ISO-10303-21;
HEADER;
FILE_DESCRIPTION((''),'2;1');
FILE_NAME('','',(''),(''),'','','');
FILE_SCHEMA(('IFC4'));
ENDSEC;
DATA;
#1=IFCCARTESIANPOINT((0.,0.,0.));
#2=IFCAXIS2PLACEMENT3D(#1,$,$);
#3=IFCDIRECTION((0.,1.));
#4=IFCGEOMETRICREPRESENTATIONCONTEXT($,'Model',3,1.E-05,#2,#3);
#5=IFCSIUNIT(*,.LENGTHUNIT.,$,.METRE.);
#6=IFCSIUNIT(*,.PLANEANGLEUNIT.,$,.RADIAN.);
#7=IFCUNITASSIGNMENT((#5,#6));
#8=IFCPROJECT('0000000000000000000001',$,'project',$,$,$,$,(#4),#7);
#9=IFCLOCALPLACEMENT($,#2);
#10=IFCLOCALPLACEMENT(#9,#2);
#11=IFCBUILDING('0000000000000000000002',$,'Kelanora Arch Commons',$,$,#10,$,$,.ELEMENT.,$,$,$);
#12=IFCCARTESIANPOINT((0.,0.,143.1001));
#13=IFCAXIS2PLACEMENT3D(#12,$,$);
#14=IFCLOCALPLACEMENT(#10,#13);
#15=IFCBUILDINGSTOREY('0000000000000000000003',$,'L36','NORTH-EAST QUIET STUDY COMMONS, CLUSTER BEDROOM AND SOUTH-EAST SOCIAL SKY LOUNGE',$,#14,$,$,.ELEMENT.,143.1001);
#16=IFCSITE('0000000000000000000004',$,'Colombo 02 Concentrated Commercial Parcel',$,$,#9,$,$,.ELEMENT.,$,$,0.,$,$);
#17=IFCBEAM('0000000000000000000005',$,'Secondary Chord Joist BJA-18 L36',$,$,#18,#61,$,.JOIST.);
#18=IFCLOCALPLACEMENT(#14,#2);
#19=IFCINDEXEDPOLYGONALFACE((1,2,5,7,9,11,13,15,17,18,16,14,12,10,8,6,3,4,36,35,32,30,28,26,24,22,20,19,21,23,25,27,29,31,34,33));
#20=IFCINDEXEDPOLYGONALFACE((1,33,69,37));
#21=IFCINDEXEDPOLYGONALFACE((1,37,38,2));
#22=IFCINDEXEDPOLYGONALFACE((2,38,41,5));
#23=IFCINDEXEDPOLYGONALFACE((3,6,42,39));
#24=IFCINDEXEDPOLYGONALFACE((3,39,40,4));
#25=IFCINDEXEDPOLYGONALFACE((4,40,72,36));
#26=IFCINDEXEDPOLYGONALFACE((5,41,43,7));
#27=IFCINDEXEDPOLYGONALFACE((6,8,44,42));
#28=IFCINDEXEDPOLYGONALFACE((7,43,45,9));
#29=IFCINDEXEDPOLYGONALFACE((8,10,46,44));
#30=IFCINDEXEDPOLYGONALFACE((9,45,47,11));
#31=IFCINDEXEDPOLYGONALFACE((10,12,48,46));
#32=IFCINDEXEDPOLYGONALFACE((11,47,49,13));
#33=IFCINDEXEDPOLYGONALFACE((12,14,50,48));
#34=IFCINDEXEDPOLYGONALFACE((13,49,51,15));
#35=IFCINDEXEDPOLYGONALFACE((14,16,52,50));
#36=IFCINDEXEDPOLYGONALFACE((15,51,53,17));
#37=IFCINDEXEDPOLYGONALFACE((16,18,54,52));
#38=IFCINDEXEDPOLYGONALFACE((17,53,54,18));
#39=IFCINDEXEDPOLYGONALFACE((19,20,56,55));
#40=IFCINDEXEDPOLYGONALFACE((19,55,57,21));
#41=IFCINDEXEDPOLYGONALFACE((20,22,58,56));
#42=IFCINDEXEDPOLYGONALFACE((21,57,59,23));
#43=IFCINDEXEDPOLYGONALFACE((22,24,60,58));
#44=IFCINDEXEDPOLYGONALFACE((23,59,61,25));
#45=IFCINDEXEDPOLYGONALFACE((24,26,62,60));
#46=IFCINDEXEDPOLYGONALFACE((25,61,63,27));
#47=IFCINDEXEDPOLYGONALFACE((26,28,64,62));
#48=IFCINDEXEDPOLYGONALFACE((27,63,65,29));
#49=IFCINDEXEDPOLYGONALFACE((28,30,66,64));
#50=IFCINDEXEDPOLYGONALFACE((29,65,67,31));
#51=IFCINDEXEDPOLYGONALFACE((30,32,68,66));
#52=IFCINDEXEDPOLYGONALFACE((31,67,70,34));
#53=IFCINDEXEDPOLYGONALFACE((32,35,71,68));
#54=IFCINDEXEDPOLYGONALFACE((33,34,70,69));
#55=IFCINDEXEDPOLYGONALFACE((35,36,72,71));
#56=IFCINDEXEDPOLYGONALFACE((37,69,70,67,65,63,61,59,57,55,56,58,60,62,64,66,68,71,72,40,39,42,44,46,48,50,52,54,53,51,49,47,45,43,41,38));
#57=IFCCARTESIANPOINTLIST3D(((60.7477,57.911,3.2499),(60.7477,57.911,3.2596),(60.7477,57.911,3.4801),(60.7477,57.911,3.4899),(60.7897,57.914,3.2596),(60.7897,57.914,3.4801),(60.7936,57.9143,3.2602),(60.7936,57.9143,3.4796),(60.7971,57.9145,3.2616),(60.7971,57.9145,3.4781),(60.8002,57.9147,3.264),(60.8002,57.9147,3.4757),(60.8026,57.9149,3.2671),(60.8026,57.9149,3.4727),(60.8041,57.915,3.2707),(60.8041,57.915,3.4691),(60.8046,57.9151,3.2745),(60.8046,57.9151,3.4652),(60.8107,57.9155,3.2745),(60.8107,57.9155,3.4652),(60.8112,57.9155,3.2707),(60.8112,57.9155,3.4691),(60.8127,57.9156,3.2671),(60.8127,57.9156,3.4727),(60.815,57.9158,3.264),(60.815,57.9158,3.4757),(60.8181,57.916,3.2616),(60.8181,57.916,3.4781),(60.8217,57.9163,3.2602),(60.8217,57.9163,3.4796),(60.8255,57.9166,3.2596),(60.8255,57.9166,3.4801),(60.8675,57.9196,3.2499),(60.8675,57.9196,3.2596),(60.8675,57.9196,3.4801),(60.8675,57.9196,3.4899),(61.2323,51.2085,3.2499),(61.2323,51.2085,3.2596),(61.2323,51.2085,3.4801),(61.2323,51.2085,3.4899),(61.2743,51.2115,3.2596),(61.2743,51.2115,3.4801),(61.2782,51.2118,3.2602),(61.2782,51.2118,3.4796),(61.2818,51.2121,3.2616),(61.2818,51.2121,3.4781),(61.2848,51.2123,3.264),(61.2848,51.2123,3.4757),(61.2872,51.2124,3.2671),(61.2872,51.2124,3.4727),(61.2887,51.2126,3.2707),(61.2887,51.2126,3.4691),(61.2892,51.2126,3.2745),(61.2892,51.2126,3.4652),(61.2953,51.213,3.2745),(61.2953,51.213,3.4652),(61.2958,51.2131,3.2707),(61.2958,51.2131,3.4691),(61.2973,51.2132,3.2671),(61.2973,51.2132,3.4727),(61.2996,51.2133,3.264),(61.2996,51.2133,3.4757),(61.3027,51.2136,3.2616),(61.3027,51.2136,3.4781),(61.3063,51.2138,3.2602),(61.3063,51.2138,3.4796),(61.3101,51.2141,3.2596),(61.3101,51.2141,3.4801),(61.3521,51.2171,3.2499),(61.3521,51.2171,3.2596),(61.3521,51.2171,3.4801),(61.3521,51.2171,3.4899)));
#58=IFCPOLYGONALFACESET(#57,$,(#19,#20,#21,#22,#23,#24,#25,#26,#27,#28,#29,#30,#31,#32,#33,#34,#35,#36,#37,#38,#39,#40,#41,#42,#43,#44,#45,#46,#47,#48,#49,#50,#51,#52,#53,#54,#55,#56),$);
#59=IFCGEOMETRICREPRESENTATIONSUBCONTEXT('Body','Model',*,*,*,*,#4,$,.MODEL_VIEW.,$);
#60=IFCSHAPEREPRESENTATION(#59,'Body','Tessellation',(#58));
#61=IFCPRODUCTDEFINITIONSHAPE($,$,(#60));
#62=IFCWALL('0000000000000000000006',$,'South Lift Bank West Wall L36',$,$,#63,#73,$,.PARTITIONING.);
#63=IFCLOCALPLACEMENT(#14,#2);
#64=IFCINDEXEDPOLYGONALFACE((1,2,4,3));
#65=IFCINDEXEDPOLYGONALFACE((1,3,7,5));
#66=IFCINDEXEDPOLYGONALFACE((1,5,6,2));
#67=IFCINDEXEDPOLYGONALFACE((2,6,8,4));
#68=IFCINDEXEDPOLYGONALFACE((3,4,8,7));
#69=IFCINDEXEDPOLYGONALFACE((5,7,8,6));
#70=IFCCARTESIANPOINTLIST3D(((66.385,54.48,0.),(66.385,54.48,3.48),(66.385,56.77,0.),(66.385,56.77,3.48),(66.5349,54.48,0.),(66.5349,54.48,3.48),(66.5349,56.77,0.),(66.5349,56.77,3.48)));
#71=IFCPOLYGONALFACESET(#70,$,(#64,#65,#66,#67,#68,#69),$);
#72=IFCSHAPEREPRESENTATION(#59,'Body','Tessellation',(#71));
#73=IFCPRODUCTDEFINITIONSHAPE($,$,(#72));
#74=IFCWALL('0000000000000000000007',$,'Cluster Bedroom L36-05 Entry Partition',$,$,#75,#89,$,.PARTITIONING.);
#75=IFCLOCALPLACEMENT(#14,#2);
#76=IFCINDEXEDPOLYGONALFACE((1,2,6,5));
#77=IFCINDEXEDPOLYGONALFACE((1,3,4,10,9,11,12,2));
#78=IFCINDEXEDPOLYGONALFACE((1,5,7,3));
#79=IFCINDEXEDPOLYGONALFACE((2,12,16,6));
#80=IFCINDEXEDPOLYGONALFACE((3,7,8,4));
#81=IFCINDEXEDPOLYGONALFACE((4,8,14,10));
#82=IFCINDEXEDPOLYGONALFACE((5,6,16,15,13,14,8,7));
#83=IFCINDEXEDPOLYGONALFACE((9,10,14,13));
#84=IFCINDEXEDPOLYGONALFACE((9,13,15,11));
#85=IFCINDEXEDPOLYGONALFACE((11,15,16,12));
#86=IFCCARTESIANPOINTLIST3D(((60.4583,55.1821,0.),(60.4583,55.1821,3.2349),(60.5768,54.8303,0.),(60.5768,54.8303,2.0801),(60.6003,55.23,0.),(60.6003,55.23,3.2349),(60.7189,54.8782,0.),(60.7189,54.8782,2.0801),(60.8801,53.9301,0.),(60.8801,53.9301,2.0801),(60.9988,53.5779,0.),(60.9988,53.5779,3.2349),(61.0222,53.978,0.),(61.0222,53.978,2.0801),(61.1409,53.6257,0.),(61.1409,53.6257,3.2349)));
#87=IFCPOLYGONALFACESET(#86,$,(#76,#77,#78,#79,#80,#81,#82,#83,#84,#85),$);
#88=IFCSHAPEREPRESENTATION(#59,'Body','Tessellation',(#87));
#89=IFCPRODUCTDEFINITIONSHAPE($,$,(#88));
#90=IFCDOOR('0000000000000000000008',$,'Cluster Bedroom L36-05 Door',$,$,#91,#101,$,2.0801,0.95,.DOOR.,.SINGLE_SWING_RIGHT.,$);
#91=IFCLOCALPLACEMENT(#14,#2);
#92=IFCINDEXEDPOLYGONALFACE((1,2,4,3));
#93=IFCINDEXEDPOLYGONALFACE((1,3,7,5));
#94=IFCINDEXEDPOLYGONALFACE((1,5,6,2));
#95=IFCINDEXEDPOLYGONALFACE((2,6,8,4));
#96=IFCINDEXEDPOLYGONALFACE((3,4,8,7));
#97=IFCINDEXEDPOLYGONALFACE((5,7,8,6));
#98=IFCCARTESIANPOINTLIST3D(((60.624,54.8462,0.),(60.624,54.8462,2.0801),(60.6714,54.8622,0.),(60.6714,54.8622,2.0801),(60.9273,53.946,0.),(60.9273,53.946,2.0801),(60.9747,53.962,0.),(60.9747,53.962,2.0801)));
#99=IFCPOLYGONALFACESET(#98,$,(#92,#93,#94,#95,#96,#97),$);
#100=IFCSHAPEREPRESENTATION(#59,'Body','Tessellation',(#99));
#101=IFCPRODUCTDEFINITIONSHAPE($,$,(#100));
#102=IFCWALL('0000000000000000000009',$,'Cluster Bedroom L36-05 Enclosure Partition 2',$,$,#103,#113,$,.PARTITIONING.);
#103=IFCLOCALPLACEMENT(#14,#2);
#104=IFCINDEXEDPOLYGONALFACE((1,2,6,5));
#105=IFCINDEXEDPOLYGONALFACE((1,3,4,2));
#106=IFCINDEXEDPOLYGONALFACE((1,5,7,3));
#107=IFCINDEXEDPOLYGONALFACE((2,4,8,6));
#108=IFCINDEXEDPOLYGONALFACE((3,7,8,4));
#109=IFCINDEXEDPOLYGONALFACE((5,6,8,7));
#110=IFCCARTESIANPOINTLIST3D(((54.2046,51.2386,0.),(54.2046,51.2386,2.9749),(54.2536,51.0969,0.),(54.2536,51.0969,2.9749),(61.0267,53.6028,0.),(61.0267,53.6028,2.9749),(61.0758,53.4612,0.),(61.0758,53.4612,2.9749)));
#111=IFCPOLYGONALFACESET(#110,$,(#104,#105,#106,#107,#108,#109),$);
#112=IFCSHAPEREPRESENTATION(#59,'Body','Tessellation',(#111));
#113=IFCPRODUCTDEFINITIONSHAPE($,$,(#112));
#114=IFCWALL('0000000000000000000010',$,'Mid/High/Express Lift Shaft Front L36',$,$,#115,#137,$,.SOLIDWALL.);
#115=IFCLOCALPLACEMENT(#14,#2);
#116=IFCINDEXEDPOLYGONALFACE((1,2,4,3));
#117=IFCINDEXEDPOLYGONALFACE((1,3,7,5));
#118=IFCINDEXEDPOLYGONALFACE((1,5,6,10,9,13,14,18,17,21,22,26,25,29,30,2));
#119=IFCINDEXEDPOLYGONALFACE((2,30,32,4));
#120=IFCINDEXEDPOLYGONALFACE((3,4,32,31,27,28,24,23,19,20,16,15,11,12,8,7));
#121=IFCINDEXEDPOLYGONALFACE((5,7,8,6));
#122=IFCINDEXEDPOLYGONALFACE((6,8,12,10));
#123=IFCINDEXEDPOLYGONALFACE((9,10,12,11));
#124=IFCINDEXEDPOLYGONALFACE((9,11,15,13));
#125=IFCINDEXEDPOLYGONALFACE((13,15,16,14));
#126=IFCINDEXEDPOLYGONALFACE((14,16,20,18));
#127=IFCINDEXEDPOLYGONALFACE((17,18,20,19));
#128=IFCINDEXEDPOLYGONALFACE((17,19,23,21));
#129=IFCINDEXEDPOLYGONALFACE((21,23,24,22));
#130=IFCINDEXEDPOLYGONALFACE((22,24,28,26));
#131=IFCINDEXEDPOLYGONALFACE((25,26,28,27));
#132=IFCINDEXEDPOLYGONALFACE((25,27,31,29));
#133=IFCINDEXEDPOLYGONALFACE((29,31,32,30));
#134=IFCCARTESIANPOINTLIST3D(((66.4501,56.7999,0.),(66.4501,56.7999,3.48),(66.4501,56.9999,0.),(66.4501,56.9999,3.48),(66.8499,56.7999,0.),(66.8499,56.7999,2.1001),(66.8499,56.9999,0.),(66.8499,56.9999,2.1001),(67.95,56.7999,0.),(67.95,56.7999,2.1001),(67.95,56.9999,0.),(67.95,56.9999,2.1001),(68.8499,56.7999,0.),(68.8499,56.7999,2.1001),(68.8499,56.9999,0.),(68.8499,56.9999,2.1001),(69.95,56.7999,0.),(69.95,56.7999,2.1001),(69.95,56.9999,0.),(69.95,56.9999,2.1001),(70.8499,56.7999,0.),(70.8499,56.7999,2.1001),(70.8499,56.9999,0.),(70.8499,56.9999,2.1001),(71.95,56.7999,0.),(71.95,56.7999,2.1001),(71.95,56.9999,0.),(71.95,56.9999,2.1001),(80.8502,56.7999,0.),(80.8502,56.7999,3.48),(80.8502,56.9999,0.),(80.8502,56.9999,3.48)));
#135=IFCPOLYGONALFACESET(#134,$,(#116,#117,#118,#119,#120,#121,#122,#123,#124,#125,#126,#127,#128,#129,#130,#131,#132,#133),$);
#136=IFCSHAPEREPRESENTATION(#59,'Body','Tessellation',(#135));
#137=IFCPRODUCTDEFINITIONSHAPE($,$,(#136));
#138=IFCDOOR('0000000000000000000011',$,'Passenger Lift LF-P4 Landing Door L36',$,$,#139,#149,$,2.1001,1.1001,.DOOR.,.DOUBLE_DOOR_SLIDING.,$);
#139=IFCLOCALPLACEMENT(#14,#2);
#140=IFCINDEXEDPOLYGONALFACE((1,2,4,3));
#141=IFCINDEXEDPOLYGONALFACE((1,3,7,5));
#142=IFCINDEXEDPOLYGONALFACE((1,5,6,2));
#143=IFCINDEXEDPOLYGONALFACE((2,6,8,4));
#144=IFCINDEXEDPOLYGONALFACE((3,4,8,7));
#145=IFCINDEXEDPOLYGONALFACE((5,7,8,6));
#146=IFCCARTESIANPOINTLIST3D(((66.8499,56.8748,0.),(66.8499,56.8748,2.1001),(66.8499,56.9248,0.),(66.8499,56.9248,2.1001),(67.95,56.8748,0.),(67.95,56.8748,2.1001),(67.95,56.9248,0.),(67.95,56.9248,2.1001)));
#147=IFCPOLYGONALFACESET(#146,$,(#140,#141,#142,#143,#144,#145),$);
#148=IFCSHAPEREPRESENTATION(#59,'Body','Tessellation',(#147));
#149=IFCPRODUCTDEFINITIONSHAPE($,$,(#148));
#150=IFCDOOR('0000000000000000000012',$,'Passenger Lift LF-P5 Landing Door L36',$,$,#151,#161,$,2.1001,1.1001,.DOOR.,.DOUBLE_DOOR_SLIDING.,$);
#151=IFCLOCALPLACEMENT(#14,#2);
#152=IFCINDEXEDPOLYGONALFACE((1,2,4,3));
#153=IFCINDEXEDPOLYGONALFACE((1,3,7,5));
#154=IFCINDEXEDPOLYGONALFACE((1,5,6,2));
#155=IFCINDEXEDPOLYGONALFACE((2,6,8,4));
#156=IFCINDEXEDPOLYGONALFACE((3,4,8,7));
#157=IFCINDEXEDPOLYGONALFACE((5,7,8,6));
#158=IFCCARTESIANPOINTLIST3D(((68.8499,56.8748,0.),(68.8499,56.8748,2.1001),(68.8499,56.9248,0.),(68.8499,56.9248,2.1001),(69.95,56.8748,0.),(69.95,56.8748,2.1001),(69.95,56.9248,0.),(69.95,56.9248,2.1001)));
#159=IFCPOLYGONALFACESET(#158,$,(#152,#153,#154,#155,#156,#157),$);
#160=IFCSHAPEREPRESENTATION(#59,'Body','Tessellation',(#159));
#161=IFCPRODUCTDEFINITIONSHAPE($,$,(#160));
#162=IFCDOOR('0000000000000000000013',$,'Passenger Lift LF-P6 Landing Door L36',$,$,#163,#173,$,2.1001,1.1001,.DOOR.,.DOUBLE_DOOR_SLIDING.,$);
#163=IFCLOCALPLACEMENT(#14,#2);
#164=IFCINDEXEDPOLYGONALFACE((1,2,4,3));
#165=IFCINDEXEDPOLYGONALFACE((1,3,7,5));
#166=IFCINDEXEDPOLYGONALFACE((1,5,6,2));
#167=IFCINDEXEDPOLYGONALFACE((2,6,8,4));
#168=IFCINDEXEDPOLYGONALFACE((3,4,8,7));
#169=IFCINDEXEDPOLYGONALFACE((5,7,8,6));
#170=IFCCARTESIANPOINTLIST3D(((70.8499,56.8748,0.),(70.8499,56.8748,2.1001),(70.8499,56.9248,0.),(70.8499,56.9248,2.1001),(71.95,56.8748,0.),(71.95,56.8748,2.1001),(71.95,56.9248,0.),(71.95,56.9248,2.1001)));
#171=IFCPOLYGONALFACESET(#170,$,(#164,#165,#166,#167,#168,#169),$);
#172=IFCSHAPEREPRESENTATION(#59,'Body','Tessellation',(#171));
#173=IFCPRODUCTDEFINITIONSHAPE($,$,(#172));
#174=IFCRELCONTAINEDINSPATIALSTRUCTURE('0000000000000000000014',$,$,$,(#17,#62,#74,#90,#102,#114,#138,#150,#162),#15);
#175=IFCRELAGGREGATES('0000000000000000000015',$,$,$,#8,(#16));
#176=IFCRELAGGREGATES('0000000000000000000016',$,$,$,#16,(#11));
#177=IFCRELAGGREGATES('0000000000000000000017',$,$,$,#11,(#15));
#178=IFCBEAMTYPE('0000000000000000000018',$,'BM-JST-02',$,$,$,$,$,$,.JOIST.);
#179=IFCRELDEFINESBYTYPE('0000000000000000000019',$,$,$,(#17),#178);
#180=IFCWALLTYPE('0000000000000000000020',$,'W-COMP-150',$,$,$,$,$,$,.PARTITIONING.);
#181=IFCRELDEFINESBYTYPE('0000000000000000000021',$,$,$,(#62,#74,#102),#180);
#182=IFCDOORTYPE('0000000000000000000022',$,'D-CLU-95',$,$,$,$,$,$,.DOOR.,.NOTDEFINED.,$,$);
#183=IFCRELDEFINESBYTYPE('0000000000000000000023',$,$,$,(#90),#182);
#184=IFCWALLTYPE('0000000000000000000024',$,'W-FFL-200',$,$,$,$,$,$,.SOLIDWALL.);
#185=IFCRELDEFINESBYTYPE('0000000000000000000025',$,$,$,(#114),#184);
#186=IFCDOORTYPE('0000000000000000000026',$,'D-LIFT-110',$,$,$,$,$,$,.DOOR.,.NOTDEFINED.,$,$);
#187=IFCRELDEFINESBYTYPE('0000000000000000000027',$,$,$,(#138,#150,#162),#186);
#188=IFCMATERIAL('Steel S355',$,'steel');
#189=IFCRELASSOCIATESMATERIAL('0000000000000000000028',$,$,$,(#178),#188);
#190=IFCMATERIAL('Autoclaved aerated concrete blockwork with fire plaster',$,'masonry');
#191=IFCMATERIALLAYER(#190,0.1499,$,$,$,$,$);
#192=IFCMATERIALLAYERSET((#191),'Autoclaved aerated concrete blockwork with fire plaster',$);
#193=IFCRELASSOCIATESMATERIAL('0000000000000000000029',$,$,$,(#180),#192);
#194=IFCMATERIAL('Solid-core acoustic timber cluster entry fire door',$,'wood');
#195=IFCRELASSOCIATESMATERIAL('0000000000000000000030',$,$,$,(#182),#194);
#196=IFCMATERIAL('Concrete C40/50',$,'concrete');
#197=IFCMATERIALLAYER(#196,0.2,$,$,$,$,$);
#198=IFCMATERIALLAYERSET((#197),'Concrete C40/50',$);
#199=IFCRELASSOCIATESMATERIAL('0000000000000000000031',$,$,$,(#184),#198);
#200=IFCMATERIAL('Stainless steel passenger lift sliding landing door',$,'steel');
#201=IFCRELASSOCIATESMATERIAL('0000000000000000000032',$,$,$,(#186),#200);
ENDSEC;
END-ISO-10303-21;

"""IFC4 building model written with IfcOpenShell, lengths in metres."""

from ifc_helpers import new_model, si_unit, direction, frame, frame_2d, origin, origin_2d, place, context, subcontext, project, spatial, rectangle, i_section, extrude, material, layer, layer_set, material_profile, profile_set, type_object, element, fill, save


model = new_model("IFC4")

# Units and contexts
model_context = context("Model", 3, precision=1e-05, world=origin(), true_north=direction((0.0, 1.0)))
body_context = subcontext(model_context, "Body", "Model", "MODEL_VIEW")
ifc_project = project(units=[si_unit("LENGTHUNIT", "METRE"), si_unit("PLANEANGLEUNIT", "RADIAN")], contexts=[model_context])

# Site, building, storey
site_placement = place(None, origin())
site = spatial("IfcSite", under=ifc_project, at=site_placement, Name="Colombo 02 Concentrated Commercial Parcel", CompositionType="ELEMENT", RefElevation=0.0)
building_placement = place(site_placement, origin())
building = spatial("IfcBuilding", under=site, at=building_placement, Name="Kelanora Arch Commons", CompositionType="ELEMENT")
storey_placement = place(building_placement, frame((0.0, 0.0, 143.1001)))
storey = spatial("IfcBuildingStorey", under=building, at=storey_placement, Name="L36", Description="NORTH-EAST QUIET STUDY COMMONS, CLUSTER BEDROOM AND SOUTH-EAST SOCIAL SKY LOUNGE", CompositionType="ELEMENT", Elevation=143.1001)

# Beam
ifc_material_1 = material(Name="Steel S355", Category="steel")
ifc_material_profile = material_profile(ifc_material_1, i_section(OverallWidth=0.1201, OverallDepth=0.24, WebThickness=0.0061, FlangeThickness=0.0098, FilletRadius=0.0149, at=origin_2d()), Name="IPE240")
ifc_profile_set = profile_set([ifc_material_profile], Name="Steel S355")
beam_type = type_object("IfcBeamType", Name="BM-JST-02", PredefinedType="JOIST", material=ifc_profile_set)
beam_placement = place(storey_placement, frame((60.8076, 57.9153, 3.3699), z_axis=(0.072117, -0.997396, 0.0), x_axis=(0.997396, 0.072117, 0.0)))
element("IfcBeam", 1, at=beam_placement, inside=storey, type_object=beam_type, Name="Secondary Chord Joist BJA-18 L36", PredefinedType="JOIST", context=body_context, shape_type="SweptSolid", body=[
    extrude(i_section(OverallWidth=0.1201, OverallDepth=0.24, WebThickness=0.0061, FlangeThickness=0.0098, FilletRadius=0.0149, at=origin_2d()), origin(), (0.0, 0.0, 1.0), 6.72),
])

# Wall
ifc_material_2 = material(Name="Autoclaved aerated concrete blockwork with fire plaster", Category="masonry")
ifc_layer_1 = layer(ifc_material_2, 0.1499)
ifc_layer_set_1 = layer_set([ifc_layer_1], Name="Autoclaved aerated concrete blockwork with fire plaster")
wall_type_1 = type_object("IfcWallType", Name="W-COMP-150", PredefinedType="PARTITIONING", material=ifc_layer_set_1)
wall_1_placement = place(storey_placement, frame((66.46, 54.48, 0.0), z_axis=(0.0, 0.0, 1.0), x_axis=(0.0, 1.0, 0.0)))
element("IfcWall", 2, at=wall_1_placement, inside=storey, type_object=wall_type_1, Name="South Lift Bank West Wall L36", PredefinedType="PARTITIONING", context=body_context, shape_type="SweptSolid", body=[
    extrude(rectangle(XDim=2.29, YDim=0.1499, at=frame_2d((1.145, 0.0))), origin(), (0.0, 0.0, 1.0), 3.48),
])

# Wall, opening, door
wall_2_placement = place(storey_placement, frame((60.5293, 55.2061, 0.0), z_axis=(0.0, 0.0, 1.0), x_axis=(0.319298, -0.947654, 0.0)))
wall_2 = element("IfcWall", 3, at=wall_2_placement, inside=storey, type_object=wall_type_1, Name="Cluster Bedroom L36-05 Entry Partition", PredefinedType="PARTITIONING", context=body_context, shape_type="SweptSolid", body=[
    extrude(rectangle(XDim=1.6929, YDim=0.1499, at=frame_2d((0.8464, 0.0))), origin(), (0.0, 0.0, 1.0), 3.2349),
])
opening_1_placement = place(wall_2_placement, frame((0.3711, 0.0, 0.0)))
opening_1 = element("IfcOpeningElement", 4, at=opening_1_placement, cuts=wall_2, PredefinedType="OPENING", context=body_context, shape_type="SweptSolid", body=[
    extrude(rectangle(XDim=0.95, YDim=2.0801, at=frame_2d((0.4751, 1.04))), frame((0.0, 0.085, 0.0), z_axis=(0.0, -1.0, 0.0), x_axis=(1.0, 0.0, 0.0)), (0.0, 0.0, 1.0), 0.1699),
])
ifc_material_3 = material(Name="Solid-core acoustic timber cluster entry fire door", Category="wood")
door_type_1 = type_object("IfcDoorType", Name="D-CLU-95", OperationType="NOTDEFINED", PredefinedType="DOOR", material=ifc_material_3)
door_1_placement = place(opening_1_placement, origin())
door_1 = element("IfcDoor", 5, at=door_1_placement, inside=storey, type_object=door_type_1, Name="Cluster Bedroom L36-05 Door", OperationType="SINGLE_SWING_RIGHT", OverallHeight=2.0801, OverallWidth=0.95, PredefinedType="DOOR", context=body_context, shape_type="SweptSolid", body=[
    extrude(rectangle(XDim=0.95, YDim=2.0801, at=frame_2d((0.4751, 1.04))), frame((0.0, 0.0249, 0.0), z_axis=(0.0, -1.0, 0.0), x_axis=(1.0, 0.0, 0.0)), (0.0, 0.0, 1.0), 0.05),
])
fill(opening_1, door_1)

# Wall
wall_3_placement = place(storey_placement, frame((61.0513, 53.532, 0.0), z_axis=(0.0, 0.0, 1.0), x_axis=(-0.94487, -0.327445, 0.0)))
element("IfcWall", 6, at=wall_3_placement, inside=storey, type_object=wall_type_1, Name="Cluster Bedroom L36-05 Enclosure Partition 2", PredefinedType="PARTITIONING", context=body_context, shape_type="SweptSolid", body=[
    extrude(rectangle(XDim=7.2202, YDim=0.1499, at=frame_2d((3.6101, 0.0))), origin(), (0.0, 0.0, 1.0), 2.9749),
])

# Wall, openings, doors
ifc_material_4 = material(Name="Concrete C40/50", Category="concrete")
ifc_layer_2 = layer(ifc_material_4, 0.2)
ifc_layer_set_2 = layer_set([ifc_layer_2], Name="Concrete C40/50")
wall_type_2 = type_object("IfcWallType", Name="W-FFL-200", PredefinedType="SOLIDWALL", material=ifc_layer_set_2)
wall_4_placement = place(storey_placement, frame((66.45, 56.8999, 0.0), z_axis=(0.0, 0.0, 1.0), x_axis=(1.0, 0.0, 0.0)))
wall_4 = element("IfcWall", 7, at=wall_4_placement, inside=storey, type_object=wall_type_2, Name="Mid/High/Express Lift Shaft Front L36", PredefinedType="SOLIDWALL", context=body_context, shape_type="SweptSolid", body=[
    extrude(rectangle(XDim=14.4001, YDim=0.2, at=frame_2d((7.2002, 0.0))), origin(), (0.0, 0.0, 1.0), 3.48),
])
opening_2_placement = place(wall_4_placement, frame((0.3999, 0.0, 0.0)))
opening_2 = element("IfcOpeningElement", 8, at=opening_2_placement, cuts=wall_4, PredefinedType="OPENING", context=body_context, shape_type="SweptSolid", body=[
    extrude(rectangle(XDim=1.1001, YDim=2.1001, at=frame_2d((0.55, 1.05))), frame((0.0, 0.1099, 0.0), z_axis=(0.0, -1.0, 0.0), x_axis=(1.0, 0.0, 0.0)), (0.0, 0.0, 1.0), 0.22),
])
opening_3_placement = place(wall_4_placement, frame((2.3999, 0.0, 0.0)))
opening_3 = element("IfcOpeningElement", 9, at=opening_3_placement, cuts=wall_4, PredefinedType="OPENING", context=body_context, shape_type="SweptSolid", body=[
    extrude(rectangle(XDim=1.1001, YDim=2.1001, at=frame_2d((0.55, 1.05))), frame((0.0, 0.1099, 0.0), z_axis=(0.0, -1.0, 0.0), x_axis=(1.0, 0.0, 0.0)), (0.0, 0.0, 1.0), 0.22),
])
opening_4_placement = place(wall_4_placement, frame((4.3999, 0.0, 0.0)))
opening_4 = element("IfcOpeningElement", 10, at=opening_4_placement, cuts=wall_4, PredefinedType="OPENING", context=body_context, shape_type="SweptSolid", body=[
    extrude(rectangle(XDim=1.1001, YDim=2.1001, at=frame_2d((0.55, 1.05))), frame((0.0, 0.1099, 0.0), z_axis=(0.0, -1.0, 0.0), x_axis=(1.0, 0.0, 0.0)), (0.0, 0.0, 1.0), 0.22),
])
ifc_material_5 = material(Name="Stainless steel passenger lift sliding landing door", Category="steel")
door_type_2 = type_object("IfcDoorType", Name="D-LIFT-110", OperationType="NOTDEFINED", PredefinedType="DOOR", material=ifc_material_5)
door_2_placement = place(opening_2_placement, origin())
door_2 = element("IfcDoor", 11, at=door_2_placement, inside=storey, type_object=door_type_2, Name="Passenger Lift LF-P4 Landing Door L36", OperationType="DOUBLE_DOOR_SLIDING", OverallHeight=2.1001, OverallWidth=1.1001, PredefinedType="DOOR", context=body_context, shape_type="SweptSolid", body=[
    extrude(rectangle(XDim=1.1001, YDim=2.1001, at=frame_2d((0.55, 1.05))), frame((0.0, 0.0249, 0.0), z_axis=(0.0, -1.0, 0.0), x_axis=(1.0, 0.0, 0.0)), (0.0, 0.0, 1.0), 0.05),
])
fill(opening_2, door_2)
door_3_placement = place(opening_3_placement, origin())
door_3 = element("IfcDoor", 12, at=door_3_placement, inside=storey, type_object=door_type_2, Name="Passenger Lift LF-P5 Landing Door L36", OperationType="DOUBLE_DOOR_SLIDING", OverallHeight=2.1001, OverallWidth=1.1001, PredefinedType="DOOR", context=body_context, shape_type="SweptSolid", body=[
    extrude(rectangle(XDim=1.1001, YDim=2.1001, at=frame_2d((0.55, 1.05))), frame((0.0, 0.0249, 0.0), z_axis=(0.0, -1.0, 0.0), x_axis=(1.0, 0.0, 0.0)), (0.0, 0.0, 1.0), 0.05),
])
fill(opening_3, door_3)
door_4_placement = place(opening_4_placement, origin())
door_4 = element("IfcDoor", 13, at=door_4_placement, inside=storey, type_object=door_type_2, Name="Passenger Lift LF-P6 Landing Door L36", OperationType="DOUBLE_DOOR_SLIDING", OverallHeight=2.1001, OverallWidth=1.1001, PredefinedType="DOOR", context=body_context, shape_type="SweptSolid", body=[
    extrude(rectangle(XDim=1.1001, YDim=2.1001, at=frame_2d((0.55, 1.05))), frame((0.0, 0.0249, 0.0), z_axis=(0.0, -1.0, 0.0), x_axis=(1.0, 0.0, 0.0)), (0.0, 0.0, 1.0), 0.05),
])
fill(opening_4, door_4)

save(model, "model.ifc")
